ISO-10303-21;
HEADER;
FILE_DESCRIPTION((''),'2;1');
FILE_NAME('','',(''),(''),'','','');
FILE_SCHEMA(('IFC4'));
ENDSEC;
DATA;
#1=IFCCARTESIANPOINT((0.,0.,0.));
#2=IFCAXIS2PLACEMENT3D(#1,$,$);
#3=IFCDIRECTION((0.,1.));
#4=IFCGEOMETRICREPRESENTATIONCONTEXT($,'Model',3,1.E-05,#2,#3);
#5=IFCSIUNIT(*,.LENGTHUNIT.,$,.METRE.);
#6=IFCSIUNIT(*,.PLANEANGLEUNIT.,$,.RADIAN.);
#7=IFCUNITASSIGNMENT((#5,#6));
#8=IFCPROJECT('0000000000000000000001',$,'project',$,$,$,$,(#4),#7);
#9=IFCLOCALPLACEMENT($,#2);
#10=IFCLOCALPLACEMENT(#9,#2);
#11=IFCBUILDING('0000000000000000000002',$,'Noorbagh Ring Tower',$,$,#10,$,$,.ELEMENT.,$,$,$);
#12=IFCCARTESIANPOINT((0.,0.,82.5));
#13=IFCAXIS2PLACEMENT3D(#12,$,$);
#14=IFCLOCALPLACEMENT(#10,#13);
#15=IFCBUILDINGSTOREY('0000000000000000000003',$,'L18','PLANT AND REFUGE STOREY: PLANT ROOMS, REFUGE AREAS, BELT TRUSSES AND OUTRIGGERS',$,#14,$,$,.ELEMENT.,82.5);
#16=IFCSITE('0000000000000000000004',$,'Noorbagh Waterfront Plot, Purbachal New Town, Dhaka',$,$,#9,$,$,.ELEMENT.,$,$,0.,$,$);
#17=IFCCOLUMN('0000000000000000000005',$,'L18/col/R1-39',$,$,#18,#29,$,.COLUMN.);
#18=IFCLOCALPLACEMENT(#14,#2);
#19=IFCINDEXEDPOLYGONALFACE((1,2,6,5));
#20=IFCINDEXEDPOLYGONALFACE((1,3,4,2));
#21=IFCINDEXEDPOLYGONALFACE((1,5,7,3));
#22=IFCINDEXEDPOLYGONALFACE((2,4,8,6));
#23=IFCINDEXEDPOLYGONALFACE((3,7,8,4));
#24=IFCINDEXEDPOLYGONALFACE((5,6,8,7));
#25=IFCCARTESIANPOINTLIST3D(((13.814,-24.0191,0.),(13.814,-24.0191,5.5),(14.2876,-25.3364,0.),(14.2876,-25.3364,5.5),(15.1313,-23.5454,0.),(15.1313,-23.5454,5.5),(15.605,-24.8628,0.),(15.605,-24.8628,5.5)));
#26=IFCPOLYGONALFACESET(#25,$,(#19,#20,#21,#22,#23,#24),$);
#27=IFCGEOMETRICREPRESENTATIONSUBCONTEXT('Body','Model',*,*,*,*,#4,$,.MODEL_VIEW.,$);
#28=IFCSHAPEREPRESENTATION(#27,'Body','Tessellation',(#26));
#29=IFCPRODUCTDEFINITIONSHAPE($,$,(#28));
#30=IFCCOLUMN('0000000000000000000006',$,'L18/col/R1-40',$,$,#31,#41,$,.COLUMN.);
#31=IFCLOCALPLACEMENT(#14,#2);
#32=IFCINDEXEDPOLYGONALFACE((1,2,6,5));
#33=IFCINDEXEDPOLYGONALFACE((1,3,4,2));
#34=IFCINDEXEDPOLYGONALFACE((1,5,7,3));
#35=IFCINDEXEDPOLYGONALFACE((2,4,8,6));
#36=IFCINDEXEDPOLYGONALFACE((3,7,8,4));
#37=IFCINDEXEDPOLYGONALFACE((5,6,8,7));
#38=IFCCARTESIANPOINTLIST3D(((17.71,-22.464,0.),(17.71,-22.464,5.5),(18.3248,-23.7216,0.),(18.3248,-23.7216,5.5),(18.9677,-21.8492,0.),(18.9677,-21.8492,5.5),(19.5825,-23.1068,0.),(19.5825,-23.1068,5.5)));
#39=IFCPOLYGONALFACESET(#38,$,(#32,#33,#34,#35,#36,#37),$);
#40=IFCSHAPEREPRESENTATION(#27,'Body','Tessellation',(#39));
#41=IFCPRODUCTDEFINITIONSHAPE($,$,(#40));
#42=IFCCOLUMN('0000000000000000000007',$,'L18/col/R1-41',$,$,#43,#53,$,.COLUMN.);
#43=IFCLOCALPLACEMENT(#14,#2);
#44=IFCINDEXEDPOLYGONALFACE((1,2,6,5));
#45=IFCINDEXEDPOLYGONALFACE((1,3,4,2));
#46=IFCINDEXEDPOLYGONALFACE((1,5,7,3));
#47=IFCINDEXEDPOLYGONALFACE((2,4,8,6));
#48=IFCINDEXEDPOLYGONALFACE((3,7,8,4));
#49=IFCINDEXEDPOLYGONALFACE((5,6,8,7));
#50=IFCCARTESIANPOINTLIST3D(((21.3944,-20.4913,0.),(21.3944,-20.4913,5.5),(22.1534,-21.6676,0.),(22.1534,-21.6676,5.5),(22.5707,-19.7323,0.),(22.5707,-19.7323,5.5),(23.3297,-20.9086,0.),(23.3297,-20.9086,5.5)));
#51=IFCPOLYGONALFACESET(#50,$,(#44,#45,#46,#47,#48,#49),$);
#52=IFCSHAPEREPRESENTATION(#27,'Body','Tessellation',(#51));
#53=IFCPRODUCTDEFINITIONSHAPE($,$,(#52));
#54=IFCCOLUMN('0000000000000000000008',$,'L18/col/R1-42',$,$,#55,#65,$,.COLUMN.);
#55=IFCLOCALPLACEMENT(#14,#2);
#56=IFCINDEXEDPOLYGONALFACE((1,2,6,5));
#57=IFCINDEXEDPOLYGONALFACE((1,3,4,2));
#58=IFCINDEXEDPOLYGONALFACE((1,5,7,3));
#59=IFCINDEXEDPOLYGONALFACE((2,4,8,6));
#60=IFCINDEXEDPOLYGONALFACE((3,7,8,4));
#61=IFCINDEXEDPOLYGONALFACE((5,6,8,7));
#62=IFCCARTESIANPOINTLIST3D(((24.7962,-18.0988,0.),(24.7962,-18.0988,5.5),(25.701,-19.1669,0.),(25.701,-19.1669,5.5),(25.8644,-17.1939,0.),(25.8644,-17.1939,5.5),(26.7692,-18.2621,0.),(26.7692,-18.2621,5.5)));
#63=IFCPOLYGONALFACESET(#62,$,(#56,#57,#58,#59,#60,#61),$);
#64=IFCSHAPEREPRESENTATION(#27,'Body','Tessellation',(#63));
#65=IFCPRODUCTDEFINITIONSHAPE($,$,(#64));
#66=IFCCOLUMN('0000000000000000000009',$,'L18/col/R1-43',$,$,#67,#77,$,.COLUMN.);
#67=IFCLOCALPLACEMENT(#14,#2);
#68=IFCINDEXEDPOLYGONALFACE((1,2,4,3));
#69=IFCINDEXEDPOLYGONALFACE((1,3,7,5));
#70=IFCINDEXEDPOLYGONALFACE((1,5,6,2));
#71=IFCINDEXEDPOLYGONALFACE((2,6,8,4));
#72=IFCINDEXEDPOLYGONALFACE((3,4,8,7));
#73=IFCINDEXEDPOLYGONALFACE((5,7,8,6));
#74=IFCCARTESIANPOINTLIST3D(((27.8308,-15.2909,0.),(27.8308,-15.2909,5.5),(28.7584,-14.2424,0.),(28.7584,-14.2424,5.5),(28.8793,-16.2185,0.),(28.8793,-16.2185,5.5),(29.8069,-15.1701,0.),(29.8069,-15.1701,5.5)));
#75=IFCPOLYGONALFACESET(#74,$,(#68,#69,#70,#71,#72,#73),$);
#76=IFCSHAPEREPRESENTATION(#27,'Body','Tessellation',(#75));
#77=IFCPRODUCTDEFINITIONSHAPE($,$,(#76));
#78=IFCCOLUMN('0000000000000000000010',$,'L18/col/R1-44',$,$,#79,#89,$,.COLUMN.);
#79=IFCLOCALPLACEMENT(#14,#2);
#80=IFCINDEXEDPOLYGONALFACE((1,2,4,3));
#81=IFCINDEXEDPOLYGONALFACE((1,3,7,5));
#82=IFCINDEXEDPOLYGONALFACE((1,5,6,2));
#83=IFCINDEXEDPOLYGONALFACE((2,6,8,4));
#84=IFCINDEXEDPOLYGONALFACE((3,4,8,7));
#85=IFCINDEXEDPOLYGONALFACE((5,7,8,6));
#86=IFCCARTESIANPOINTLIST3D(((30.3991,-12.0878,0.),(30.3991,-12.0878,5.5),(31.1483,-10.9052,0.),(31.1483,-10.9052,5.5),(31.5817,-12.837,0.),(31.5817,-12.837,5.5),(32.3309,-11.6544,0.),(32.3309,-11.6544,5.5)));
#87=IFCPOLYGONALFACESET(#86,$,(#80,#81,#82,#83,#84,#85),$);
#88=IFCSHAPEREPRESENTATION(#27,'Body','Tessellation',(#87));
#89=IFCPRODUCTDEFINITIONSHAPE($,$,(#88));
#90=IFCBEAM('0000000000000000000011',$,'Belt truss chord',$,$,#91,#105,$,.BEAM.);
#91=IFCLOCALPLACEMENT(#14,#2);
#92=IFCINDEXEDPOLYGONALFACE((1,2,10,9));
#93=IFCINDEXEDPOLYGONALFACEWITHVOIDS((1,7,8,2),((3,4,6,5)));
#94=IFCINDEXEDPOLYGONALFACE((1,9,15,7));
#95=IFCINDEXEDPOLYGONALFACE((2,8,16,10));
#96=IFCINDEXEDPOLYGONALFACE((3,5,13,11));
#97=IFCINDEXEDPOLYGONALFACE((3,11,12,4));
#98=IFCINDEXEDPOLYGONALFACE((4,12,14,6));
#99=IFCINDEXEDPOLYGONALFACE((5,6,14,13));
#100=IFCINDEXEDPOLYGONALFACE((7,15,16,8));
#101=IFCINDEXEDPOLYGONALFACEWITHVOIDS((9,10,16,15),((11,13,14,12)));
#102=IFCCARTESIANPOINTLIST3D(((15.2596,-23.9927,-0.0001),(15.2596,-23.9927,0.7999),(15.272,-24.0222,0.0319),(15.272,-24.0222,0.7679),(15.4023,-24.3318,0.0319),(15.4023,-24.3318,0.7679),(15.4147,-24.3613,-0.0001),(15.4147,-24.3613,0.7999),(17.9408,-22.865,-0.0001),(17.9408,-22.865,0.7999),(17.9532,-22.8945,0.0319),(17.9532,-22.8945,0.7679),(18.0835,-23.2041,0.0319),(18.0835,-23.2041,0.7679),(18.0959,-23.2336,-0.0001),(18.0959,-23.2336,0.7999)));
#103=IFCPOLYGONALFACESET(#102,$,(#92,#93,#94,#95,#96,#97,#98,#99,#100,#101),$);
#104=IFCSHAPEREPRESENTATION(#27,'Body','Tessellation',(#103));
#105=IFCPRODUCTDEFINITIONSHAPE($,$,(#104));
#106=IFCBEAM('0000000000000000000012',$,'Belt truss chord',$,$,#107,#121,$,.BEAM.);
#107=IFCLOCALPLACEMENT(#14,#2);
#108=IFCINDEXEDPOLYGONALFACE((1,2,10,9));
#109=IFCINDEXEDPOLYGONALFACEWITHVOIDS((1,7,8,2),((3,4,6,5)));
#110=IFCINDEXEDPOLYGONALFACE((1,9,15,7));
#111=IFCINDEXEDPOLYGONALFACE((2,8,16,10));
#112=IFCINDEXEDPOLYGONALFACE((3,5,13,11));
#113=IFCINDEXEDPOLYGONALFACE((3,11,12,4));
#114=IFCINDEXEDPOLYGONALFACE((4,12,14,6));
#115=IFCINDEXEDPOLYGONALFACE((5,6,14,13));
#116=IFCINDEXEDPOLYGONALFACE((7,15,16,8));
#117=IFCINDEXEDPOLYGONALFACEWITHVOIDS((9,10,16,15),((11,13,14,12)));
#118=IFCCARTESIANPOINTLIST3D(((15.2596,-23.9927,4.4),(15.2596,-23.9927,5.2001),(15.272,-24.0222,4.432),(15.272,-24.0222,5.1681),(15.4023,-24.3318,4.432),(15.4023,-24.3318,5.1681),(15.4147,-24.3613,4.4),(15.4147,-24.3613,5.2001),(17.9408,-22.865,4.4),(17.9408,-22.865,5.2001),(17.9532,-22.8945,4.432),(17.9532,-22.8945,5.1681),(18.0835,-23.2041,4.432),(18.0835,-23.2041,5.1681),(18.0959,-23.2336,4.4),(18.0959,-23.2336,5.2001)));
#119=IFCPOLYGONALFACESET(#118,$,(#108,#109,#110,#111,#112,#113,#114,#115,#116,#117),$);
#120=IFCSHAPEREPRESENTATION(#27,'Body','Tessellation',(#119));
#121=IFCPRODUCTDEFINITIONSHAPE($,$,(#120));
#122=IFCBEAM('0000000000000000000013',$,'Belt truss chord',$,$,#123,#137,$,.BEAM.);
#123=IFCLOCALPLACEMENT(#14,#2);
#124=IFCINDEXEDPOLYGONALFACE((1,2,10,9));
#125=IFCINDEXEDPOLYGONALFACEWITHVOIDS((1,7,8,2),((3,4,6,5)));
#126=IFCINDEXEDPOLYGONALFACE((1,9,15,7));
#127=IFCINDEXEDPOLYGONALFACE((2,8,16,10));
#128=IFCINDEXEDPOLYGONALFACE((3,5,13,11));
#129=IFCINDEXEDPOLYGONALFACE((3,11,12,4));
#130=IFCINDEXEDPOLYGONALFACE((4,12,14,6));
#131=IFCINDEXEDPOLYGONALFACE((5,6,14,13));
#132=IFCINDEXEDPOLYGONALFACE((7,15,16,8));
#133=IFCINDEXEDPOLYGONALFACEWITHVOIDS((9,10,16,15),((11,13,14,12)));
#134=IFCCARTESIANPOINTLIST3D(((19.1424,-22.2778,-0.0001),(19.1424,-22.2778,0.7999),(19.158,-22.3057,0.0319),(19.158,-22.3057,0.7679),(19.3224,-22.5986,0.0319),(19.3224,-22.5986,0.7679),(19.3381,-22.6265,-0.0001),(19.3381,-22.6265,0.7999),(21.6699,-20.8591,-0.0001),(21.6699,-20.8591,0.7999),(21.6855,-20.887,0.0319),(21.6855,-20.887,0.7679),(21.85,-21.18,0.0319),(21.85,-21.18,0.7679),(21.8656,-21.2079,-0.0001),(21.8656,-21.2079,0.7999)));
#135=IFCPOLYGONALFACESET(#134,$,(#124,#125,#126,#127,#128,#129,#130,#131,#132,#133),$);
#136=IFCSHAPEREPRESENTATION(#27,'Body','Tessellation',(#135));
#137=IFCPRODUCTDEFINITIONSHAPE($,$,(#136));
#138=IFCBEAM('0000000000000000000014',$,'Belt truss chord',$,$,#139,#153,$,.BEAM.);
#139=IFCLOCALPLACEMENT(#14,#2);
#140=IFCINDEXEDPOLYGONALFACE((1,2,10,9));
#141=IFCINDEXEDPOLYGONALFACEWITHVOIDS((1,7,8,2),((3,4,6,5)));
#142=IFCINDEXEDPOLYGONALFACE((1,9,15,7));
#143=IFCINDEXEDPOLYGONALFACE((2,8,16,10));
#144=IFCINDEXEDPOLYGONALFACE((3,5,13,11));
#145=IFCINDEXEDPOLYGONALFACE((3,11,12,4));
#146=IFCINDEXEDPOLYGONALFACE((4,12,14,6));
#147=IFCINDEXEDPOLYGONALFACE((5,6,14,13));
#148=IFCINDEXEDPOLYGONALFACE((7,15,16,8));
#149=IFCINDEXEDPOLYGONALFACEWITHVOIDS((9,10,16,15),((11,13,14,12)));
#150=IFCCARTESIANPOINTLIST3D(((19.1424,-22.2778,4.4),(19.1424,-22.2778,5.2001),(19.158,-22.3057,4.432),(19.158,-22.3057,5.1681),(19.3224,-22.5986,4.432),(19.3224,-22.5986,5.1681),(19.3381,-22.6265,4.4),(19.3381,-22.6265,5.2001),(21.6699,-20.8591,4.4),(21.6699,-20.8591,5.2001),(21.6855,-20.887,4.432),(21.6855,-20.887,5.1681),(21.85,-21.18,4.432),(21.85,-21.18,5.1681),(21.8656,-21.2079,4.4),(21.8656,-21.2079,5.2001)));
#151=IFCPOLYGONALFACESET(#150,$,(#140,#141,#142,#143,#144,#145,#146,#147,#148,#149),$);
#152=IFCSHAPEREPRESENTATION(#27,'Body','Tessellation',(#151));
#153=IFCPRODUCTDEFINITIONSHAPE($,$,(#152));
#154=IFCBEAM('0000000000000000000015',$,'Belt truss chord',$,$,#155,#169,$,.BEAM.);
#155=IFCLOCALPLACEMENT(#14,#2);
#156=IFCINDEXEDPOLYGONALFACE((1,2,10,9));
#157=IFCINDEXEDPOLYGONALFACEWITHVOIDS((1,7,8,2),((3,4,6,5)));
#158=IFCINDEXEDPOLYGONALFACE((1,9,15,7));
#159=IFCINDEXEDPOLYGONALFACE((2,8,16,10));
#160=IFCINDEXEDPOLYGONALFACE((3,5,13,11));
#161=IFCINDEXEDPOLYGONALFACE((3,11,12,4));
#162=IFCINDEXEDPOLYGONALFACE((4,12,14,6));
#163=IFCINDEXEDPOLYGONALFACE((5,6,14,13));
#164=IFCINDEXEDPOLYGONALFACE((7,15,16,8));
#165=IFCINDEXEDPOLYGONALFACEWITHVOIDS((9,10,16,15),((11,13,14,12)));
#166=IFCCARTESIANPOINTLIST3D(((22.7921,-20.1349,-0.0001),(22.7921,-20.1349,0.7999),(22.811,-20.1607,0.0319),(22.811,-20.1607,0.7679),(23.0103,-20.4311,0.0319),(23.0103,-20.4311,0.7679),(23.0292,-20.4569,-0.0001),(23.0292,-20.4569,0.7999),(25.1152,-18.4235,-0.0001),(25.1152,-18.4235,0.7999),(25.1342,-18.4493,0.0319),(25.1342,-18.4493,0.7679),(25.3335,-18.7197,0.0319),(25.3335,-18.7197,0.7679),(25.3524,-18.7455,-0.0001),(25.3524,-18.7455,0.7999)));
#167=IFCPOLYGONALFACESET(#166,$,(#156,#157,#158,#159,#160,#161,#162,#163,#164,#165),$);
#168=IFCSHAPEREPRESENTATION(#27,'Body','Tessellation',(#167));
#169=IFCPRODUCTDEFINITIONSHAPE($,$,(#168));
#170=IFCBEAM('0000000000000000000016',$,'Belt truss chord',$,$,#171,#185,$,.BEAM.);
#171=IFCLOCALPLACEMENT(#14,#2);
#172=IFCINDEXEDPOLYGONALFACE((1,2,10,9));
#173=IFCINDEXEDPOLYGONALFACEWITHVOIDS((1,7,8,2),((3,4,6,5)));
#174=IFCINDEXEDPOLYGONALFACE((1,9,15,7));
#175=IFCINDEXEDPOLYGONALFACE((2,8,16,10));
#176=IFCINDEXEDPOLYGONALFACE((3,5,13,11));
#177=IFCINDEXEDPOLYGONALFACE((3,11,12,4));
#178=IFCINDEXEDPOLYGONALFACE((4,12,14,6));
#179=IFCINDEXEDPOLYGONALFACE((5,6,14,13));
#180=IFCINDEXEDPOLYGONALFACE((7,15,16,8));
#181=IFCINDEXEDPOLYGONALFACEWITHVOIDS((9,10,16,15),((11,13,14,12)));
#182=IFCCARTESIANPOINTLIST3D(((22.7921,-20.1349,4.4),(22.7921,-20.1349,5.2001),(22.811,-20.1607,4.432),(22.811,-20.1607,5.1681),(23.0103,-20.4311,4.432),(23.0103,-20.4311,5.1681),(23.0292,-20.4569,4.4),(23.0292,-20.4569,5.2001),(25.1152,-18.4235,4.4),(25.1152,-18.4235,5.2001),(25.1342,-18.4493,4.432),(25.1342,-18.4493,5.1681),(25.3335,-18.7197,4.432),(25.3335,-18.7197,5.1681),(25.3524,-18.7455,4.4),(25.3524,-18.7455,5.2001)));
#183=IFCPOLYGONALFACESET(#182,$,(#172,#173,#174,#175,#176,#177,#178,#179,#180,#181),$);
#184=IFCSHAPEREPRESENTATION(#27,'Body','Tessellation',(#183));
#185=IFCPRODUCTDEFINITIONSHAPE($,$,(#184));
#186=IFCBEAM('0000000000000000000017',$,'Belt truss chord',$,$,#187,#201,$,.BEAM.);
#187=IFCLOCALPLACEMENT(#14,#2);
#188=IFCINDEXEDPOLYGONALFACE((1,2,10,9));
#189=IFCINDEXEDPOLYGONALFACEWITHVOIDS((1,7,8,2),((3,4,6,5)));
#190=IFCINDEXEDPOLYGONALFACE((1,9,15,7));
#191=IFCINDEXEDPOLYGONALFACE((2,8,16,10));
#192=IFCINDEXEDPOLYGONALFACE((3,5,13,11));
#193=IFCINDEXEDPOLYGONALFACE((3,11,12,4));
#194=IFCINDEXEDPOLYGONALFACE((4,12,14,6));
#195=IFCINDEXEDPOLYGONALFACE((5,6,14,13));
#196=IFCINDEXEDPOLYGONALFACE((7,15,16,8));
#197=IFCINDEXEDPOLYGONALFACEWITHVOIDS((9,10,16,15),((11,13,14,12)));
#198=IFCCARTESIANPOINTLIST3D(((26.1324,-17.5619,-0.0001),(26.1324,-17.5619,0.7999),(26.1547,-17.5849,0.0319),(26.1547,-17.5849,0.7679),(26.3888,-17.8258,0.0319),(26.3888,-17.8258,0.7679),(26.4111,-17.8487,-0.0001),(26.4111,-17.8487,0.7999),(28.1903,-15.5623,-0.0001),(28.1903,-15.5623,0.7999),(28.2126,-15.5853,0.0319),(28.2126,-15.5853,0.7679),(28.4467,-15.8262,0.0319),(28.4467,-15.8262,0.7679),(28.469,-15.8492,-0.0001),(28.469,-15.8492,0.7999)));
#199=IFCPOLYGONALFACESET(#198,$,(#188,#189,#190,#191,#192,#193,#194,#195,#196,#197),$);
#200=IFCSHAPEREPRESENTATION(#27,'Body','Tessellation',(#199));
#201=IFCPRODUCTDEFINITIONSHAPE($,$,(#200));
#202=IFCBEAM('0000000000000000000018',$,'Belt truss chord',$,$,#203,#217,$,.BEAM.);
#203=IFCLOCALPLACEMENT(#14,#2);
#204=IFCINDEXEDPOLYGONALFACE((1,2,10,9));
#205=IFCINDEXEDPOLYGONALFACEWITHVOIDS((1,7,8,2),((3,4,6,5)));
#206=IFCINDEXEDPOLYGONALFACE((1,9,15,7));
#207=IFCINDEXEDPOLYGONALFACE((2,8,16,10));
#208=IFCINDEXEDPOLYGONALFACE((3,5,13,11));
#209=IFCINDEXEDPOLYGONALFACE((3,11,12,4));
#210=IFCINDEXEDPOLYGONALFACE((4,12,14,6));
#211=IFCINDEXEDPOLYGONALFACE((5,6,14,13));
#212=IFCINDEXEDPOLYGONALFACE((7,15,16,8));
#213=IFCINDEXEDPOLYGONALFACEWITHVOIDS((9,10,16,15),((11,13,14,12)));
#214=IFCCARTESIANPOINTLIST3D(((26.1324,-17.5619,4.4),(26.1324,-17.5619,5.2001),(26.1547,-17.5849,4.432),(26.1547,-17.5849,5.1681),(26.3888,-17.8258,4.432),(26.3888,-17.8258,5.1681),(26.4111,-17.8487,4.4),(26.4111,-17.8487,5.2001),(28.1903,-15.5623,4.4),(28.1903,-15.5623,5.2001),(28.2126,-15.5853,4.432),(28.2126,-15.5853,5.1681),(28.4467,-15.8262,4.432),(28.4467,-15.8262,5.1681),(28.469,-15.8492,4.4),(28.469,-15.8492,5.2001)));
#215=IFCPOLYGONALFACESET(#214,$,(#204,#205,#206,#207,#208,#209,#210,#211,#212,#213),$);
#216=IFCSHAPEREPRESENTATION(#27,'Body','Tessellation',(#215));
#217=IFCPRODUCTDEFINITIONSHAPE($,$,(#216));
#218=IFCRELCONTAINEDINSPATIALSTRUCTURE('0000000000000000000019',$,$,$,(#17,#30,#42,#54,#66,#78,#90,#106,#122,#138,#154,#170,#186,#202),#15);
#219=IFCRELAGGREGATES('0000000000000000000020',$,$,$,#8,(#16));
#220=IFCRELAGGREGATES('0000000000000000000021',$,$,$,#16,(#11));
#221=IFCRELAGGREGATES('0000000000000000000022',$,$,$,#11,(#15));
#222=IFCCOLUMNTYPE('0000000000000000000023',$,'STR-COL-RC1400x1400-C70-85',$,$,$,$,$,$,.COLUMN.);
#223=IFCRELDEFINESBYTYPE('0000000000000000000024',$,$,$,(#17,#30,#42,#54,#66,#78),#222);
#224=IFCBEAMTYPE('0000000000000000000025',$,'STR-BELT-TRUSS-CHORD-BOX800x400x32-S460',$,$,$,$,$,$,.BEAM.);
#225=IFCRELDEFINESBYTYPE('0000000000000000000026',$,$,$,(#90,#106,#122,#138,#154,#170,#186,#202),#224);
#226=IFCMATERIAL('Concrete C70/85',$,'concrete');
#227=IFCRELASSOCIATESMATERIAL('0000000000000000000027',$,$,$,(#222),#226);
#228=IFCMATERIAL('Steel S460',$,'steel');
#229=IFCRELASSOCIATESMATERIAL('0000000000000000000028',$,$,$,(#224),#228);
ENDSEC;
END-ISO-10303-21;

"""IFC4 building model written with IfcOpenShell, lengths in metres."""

from ifc_helpers import new_model, si_unit, direction, frame, origin, origin_2d, place, context, subcontext, project, spatial, rectangle, hollow_rectangle, extrude, material, material_profile, profile_set, type_object, element, save


model = new_model("IFC4")

# Units and contexts
model_context = context("Model", 3, precision=1e-05, world=origin(), true_north=direction((0.0, 1.0)))
body_context = subcontext(model_context, "Body", "Model", "MODEL_VIEW")
ifc_project = project(units=[si_unit("LENGTHUNIT", "METRE"), si_unit("PLANEANGLEUNIT", "RADIAN")], contexts=[model_context])

# Site, building, storey
site_placement = place(None, origin())
site = spatial("IfcSite", under=ifc_project, at=site_placement, Name="Noorbagh Waterfront Plot, Purbachal New Town, Dhaka", CompositionType="ELEMENT", RefElevation=0.0)
building_placement = place(site_placement, origin())
building = spatial("IfcBuilding", under=site, at=building_placement, Name="Noorbagh Ring Tower", CompositionType="ELEMENT")
storey_placement = place(building_placement, frame((0.0, 0.0, 82.5)))
storey = spatial("IfcBuildingStorey", under=building, at=storey_placement, Name="L18", Description="PLANT AND REFUGE STOREY: PLANT ROOMS, REFUGE AREAS, BELT TRUSSES AND OUTRIGGERS", CompositionType="ELEMENT", Elevation=82.5)

# Columns
ifc_material_1 = material(Name="Concrete C70/85", Category="concrete")
ifc_material_profile_1 = material_profile(ifc_material_1, rectangle(XDim=1.3999, YDim=1.3999, at=origin_2d()), Name="RC1400x1400")
ifc_profile_set_1 = profile_set([ifc_material_profile_1], Name="Concrete C70/85")
column_type = type_object("IfcColumnType", Name="STR-COL-RC1400x1400-C70-85", PredefinedType="COLUMN", material=ifc_profile_set_1)
for number, where, z_axis, x_axis, name in (
    (1, (14.7095, -24.4409, 0.0), (0.0, 0.0, 1.0), (0.941025, 0.338338, 0.0), "L18/col/R1-39"),
    (2, (18.6462, -22.7854, 0.0), (0.0, 0.0, 1.0), (0.898399, 0.43918, 0.0), "L18/col/R1-40"),
    (3, (22.3621, -20.7, 0.0), (0.0, 0.0, 1.0), (0.840248, 0.542203, 0.0), "L18/col/R1-41"),
    (4, (25.7827, -18.1804, 0.0), (0.0, 0.0, 1.0), (0.763035, 0.646357, 0.0), "L18/col/R1-42"),
    (5, (28.8188, -15.2305, 0.0), (0.0, 0.0, 1.0), (0.662636, 0.748942, 0.0), "L18/col/R1-43"),
    (6, (31.365, -11.8711, 0.0), (0.0, 0.0, 1.0), (0.53519, 0.844731, 0.0), "L18/col/R1-44"),
):
    element("IfcColumn", number, at=place(storey_placement, frame(where, z_axis=z_axis, x_axis=x_axis)), inside=storey, type_object=column_type, Name=name, PredefinedType="COLUMN", context=body_context, shape_type="SweptSolid", body=[
        extrude(rectangle(XDim=1.3999, YDim=1.3999, at=origin_2d()), origin(), (0.0, 0.0, 1.0), 5.5),
    ])

# Beams
ifc_material_2 = material(Name="Steel S460", Category="steel")
ifc_material_profile_2 = material_profile(ifc_material_2, hollow_rectangle(XDim=0.3999, YDim=0.8, WallThickness=0.032, at=origin_2d()), Name="BOX800x400x32")
ifc_profile_set_2 = profile_set([ifc_material_profile_2], Name="Steel S460")
beam_type_1 = type_object("IfcBeamType", Name="STR-BELT-TRUSS-CHORD-BOX800x400x32-S460", PredefinedType="BEAM", material=ifc_profile_set_2)
for number, where, z_axis, x_axis, name in (
    (7, (15.3372, -24.177, 0.3999), (0.921785, 0.3877, 0.0), (-0.3877, 0.921785, 0.0), "Belt truss chord"),
    (8, (15.3372, -24.177, 4.8), (0.921785, 0.3877, 0.0), (-0.3877, 0.921785, 0.0), "Belt truss chord"),
):
    element("IfcBeam", number, at=place(storey_placement, frame(where, z_axis=z_axis, x_axis=x_axis)), inside=storey, type_object=beam_type_1, Name=name, PredefinedType="BEAM", context=body_context, shape_type="SweptSolid", body=[
        extrude(hollow_rectangle(XDim=0.3999, YDim=0.8, WallThickness=0.032, at=origin_2d()), origin(), (0.0, 0.0, 1.0), 2.9087),
    ])
for number, where, z_axis, x_axis, name in (
    (9, (19.2402, -22.4521, 0.3999), (0.872027, 0.489457, 0.0), (-0.489457, 0.872027, 0.0), "Belt truss chord"),
    (10, (19.2402, -22.4521, 4.8), (0.872027, 0.489457, 0.0), (-0.489457, 0.872027, 0.0), "Belt truss chord"),
):
    element("IfcBeam", number, at=place(storey_placement, frame(where, z_axis=z_axis, x_axis=x_axis)), inside=storey, type_object=beam_type_1, Name=name, PredefinedType="BEAM", context=body_context, shape_type="SweptSolid", body=[
        extrude(hollow_rectangle(XDim=0.3999, YDim=0.8, WallThickness=0.032, at=origin_2d()), origin(), (0.0, 0.0, 1.0), 2.8984),
    ])
for number, where, z_axis, x_axis, name in (
    (11, (22.9106, -20.2959, 0.3999), (0.805128, 0.593101, 0.0), (-0.593101, 0.805128, 0.0), "Belt truss chord"),
    (12, (22.9106, -20.2959, 4.8), (0.805128, 0.593101, 0.0), (-0.593101, 0.805128, 0.0), "Belt truss chord"),
):
    element("IfcBeam", number, at=place(storey_placement, frame(where, z_axis=z_axis, x_axis=x_axis)), inside=storey, type_object=beam_type_1, Name=name, PredefinedType="BEAM", context=body_context, shape_type="SweptSolid", body=[
        extrude(hollow_rectangle(XDim=0.3999, YDim=0.8, WallThickness=0.032, at=origin_2d()), origin(), (0.0, 0.0, 1.0), 2.8855),
    ])
for number, where, z_axis, x_axis, name in (
    (13, (26.2717, -17.7053, 0.3999), (0.717202, 0.696866, 0.0), (-0.696866, 0.717202, 0.0), "Belt truss chord"),
    (14, (26.2717, -17.7053, 4.8), (0.717202, 0.696866, 0.0), (-0.696866, 0.717202, 0.0), "Belt truss chord"),
):
    element("IfcBeam", number, at=place(storey_placement, frame(where, z_axis=z_axis, x_axis=x_axis)), inside=storey, type_object=beam_type_1, Name=name, PredefinedType="BEAM", context=body_context, shape_type="SweptSolid", body=[
        extrude(hollow_rectangle(XDim=0.3999, YDim=0.8, WallThickness=0.032, at=origin_2d()), origin(), (0.0, 0.0, 1.0), 2.8694),
    ])

save(model, "model.ifc")
